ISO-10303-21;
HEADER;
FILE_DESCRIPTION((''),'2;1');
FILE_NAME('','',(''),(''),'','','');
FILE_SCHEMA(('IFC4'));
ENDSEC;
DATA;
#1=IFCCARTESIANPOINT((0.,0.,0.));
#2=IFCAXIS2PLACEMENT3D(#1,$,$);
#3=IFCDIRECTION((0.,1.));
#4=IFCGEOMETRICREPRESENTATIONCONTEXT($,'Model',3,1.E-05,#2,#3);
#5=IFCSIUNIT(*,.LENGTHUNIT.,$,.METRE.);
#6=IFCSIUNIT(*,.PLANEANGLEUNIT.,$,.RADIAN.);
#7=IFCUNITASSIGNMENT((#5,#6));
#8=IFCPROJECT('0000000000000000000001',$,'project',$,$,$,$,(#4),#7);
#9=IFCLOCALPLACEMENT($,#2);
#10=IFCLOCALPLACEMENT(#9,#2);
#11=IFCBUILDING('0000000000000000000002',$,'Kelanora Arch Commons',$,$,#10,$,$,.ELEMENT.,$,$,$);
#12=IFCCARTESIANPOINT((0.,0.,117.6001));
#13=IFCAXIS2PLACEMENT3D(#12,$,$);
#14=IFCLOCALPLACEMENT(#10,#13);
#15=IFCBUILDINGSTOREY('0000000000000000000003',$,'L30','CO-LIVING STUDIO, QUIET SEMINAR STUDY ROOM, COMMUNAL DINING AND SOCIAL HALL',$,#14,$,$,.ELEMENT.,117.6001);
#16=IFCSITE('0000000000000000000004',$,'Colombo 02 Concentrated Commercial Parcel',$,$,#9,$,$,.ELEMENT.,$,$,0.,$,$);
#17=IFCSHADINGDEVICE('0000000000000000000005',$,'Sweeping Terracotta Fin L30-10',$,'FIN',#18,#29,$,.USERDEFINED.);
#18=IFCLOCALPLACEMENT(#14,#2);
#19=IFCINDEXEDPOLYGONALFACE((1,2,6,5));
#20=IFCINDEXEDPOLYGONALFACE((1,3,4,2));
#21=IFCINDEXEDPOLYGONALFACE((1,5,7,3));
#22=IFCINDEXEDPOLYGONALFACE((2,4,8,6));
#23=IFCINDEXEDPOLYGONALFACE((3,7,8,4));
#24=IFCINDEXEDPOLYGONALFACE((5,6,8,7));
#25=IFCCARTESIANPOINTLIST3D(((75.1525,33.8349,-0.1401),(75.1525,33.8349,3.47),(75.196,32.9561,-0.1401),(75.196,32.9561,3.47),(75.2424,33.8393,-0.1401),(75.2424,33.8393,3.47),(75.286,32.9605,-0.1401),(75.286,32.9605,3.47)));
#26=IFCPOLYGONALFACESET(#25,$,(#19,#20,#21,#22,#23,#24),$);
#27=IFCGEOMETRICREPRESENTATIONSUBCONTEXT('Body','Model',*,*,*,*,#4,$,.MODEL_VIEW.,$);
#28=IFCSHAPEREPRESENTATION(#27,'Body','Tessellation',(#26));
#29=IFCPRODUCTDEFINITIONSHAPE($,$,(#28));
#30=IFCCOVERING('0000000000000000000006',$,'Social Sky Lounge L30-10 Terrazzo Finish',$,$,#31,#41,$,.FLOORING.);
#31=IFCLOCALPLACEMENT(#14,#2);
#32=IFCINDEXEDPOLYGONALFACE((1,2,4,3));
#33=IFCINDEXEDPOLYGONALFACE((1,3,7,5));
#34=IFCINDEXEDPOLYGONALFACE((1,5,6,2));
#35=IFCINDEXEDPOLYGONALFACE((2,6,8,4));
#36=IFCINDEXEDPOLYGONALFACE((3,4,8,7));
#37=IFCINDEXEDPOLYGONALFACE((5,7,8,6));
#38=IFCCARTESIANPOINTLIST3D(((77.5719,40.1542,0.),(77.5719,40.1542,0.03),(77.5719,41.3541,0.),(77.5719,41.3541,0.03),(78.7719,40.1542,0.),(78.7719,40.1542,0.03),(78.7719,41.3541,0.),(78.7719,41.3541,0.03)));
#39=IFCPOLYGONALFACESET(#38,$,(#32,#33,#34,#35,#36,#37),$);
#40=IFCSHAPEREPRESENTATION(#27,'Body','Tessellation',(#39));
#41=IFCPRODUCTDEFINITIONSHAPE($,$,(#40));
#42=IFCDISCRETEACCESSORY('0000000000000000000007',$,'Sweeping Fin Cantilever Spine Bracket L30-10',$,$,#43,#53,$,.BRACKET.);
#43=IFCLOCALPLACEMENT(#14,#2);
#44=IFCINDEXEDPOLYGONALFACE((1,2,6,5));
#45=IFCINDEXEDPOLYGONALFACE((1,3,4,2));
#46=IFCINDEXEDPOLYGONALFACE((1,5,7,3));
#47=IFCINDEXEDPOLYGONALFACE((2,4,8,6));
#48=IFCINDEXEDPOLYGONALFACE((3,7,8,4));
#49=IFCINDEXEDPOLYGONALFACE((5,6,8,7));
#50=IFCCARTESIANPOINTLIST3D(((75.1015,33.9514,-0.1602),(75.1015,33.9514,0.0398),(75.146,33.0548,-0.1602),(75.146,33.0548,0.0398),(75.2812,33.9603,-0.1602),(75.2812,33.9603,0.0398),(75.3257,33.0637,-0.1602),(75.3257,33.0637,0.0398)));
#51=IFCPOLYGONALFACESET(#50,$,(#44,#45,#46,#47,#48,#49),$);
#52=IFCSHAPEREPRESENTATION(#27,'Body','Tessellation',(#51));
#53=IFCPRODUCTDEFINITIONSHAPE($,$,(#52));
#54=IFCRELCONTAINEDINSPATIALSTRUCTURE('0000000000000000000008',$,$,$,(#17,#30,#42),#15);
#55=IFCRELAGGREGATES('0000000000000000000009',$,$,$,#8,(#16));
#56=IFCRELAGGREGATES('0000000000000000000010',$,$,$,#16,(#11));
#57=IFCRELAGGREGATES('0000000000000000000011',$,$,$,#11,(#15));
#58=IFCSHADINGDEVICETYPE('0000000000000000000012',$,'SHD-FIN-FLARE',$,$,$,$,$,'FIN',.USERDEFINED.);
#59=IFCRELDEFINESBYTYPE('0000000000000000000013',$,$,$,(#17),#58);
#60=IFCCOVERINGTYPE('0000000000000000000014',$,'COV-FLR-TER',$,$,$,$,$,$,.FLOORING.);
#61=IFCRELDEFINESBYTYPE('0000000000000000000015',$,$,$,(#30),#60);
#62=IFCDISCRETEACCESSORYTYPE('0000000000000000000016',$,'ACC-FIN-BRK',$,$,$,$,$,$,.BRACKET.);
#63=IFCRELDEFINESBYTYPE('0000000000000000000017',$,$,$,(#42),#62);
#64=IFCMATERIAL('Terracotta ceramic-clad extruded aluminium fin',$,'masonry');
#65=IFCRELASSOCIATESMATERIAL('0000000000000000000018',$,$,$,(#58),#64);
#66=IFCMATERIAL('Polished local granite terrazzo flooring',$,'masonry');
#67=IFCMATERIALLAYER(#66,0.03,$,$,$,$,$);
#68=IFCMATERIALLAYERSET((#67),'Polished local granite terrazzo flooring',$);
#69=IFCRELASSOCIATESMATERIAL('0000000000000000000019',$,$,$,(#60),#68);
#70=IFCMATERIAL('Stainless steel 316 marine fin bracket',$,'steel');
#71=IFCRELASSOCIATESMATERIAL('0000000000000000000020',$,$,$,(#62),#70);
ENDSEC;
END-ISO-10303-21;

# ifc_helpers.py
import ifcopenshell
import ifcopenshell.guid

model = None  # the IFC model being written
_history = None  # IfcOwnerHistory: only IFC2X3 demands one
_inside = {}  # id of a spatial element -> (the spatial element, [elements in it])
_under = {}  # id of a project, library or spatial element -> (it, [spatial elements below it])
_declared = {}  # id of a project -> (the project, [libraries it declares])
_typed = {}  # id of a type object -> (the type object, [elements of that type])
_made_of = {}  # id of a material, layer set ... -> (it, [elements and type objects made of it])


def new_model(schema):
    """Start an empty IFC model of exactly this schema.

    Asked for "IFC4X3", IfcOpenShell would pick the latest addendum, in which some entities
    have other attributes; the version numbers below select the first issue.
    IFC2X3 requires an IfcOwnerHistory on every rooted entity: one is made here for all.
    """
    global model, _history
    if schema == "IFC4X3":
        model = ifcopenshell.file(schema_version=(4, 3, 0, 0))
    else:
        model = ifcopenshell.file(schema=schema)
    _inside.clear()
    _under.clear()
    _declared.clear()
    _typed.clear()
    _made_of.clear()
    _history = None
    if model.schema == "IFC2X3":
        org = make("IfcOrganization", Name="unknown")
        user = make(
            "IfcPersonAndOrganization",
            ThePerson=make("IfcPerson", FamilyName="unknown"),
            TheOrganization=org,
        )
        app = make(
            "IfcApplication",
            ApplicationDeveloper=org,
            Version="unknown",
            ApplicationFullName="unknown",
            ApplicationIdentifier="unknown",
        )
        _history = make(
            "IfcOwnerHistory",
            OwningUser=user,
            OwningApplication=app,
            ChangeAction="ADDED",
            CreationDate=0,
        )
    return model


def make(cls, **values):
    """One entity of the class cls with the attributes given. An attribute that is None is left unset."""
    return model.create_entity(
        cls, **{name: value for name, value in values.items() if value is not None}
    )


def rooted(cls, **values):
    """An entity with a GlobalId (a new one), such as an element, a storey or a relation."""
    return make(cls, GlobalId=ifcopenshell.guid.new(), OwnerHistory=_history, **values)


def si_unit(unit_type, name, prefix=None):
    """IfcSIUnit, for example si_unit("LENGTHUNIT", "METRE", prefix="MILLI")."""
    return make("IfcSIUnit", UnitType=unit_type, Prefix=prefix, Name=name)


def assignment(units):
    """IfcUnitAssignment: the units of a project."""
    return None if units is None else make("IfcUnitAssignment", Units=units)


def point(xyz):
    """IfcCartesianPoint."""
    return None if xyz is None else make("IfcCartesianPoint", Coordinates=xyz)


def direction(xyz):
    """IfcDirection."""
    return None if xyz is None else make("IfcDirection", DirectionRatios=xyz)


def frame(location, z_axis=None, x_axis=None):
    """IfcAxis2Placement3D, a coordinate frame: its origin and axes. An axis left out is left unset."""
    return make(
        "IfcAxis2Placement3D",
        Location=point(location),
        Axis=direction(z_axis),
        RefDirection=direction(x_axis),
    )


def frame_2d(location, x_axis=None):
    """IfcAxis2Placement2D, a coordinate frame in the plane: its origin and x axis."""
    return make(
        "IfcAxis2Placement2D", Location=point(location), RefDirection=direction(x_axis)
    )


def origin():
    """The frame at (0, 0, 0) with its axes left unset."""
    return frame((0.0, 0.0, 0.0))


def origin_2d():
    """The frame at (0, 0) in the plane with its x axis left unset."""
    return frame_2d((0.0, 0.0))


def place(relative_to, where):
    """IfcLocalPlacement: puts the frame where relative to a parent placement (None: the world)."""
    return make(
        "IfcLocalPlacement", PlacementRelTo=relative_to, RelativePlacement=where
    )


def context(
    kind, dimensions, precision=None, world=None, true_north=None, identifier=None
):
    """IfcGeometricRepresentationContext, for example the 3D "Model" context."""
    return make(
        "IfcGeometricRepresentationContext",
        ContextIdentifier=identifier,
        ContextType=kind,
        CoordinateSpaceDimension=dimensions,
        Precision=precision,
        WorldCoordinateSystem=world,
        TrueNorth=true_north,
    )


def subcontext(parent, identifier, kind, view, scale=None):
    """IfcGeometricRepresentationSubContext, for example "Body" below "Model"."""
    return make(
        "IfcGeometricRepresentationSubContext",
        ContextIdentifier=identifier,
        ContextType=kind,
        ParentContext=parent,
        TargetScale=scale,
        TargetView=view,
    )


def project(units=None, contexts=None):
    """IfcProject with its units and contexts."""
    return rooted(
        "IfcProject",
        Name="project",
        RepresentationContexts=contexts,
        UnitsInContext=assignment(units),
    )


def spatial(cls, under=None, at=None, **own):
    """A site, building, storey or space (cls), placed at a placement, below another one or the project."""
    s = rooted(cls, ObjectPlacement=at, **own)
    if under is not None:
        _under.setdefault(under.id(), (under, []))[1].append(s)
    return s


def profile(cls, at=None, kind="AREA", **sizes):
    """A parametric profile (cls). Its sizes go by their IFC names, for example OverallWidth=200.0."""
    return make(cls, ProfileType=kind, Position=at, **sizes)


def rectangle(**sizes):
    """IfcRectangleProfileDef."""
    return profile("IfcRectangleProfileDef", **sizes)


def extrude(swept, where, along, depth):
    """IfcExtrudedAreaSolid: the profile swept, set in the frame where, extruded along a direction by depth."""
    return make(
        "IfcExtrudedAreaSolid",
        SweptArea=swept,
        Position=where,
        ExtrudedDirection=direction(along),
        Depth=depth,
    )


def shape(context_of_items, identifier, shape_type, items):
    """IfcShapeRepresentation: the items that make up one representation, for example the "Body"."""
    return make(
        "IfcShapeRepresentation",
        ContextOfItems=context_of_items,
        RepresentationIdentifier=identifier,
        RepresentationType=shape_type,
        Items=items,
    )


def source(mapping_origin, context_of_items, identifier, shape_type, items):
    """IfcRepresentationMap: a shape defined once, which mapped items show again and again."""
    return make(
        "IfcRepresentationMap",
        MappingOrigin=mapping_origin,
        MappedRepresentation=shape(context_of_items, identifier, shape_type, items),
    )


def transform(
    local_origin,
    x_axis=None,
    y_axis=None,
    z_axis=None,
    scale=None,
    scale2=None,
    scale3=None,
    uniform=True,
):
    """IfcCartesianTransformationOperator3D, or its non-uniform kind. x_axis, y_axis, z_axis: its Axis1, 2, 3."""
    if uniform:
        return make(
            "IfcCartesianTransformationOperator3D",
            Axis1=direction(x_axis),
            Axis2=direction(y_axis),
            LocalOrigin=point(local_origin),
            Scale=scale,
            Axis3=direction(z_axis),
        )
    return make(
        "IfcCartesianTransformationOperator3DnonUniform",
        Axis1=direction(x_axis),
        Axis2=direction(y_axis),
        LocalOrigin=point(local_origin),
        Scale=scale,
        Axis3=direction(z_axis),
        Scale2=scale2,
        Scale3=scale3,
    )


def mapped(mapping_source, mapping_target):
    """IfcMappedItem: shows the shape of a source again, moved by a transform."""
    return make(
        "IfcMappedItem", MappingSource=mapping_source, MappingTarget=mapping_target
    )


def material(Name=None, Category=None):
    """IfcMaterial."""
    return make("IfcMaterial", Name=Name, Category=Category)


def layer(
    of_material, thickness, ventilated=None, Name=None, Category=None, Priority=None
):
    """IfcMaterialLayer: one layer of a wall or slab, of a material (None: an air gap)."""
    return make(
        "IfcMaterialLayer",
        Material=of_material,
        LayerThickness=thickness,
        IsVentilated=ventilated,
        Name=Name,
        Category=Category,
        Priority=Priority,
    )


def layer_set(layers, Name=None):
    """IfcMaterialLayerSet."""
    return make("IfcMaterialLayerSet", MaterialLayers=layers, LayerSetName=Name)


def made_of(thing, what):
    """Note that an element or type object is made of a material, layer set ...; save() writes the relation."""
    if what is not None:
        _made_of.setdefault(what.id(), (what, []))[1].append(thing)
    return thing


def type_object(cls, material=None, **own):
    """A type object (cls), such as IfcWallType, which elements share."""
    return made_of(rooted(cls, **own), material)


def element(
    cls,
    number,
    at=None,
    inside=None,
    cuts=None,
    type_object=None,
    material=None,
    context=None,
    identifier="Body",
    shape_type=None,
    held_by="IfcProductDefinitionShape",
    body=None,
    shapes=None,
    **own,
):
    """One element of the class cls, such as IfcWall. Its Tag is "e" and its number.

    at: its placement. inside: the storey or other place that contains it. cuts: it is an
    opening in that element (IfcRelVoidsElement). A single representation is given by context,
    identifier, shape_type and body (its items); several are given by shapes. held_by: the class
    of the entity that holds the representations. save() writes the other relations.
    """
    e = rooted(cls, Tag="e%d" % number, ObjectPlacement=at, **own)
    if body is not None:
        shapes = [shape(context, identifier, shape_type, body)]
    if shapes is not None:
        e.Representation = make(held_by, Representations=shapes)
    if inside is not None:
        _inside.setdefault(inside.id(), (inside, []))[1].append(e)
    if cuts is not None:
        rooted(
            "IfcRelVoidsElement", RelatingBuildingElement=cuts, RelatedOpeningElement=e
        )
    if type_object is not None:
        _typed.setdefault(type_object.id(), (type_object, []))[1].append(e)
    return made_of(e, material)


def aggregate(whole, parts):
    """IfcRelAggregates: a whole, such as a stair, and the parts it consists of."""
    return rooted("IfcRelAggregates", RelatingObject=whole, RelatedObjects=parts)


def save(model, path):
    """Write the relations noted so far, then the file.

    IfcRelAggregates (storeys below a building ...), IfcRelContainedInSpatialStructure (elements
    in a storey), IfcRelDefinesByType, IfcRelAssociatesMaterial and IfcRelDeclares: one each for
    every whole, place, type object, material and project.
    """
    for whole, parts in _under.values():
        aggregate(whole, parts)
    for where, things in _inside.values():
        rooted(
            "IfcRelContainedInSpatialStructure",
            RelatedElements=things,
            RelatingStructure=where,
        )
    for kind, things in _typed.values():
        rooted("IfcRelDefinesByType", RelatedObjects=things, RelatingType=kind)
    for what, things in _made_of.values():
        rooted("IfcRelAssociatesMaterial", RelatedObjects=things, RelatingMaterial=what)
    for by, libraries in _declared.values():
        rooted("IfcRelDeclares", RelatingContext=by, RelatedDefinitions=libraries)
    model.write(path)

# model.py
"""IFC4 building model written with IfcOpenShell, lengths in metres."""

from ifc_helpers import new_model, si_unit, direction, frame, origin, origin_2d, place, context, subcontext, project, spatial, rectangle, extrude, source, transform, mapped, material, layer, layer_set, type_object, element, save


model = new_model("IFC4")

# Units and contexts
model_context = context("Model", 3, precision=1e-05, world=origin(), true_north=direction((0.0, 1.0)))
body_context = subcontext(model_context, "Body", "Model", "MODEL_VIEW")
ifc_project = project(units=[si_unit("LENGTHUNIT", "METRE"), si_unit("PLANEANGLEUNIT", "RADIAN")], contexts=[model_context])

# Site, building, storey
site_placement = place(None, origin())
site = spatial("IfcSite", under=ifc_project, at=site_placement, Name="Colombo 02 Concentrated Commercial Parcel", CompositionType="ELEMENT", RefElevation=0.0)
building_placement = place(site_placement, origin())
building = spatial("IfcBuilding", under=site, at=building_placement, Name="Kelanora Arch Commons", CompositionType="ELEMENT")
storey_placement = place(building_placement, frame((0.0, 0.0, 117.6001)))
storey = spatial("IfcBuildingStorey", under=building, at=storey_placement, Name="L30", Description="CO-LIVING STUDIO, QUIET SEMINAR STUDY ROOM, COMMUNAL DINING AND SOCIAL HALL", CompositionType="ELEMENT", Elevation=117.6001)

# Shading device
ifc_material_1 = material(Name="Terracotta ceramic-clad extruded aluminium fin", Category="masonry")
shading_device_type = type_object("IfcShadingDeviceType", Name="SHD-FIN-FLARE", ElementType="FIN", PredefinedType="USERDEFINED", material=ifc_material_1)
shared_shape_1 = source(origin(), body_context, "Body", "SweptSolid", [
    extrude(rectangle(XDim=0.8799, YDim=0.0901, at=origin_2d()), origin(), (0.0, 0.0, 1.0), 3.6101),
])
shading_device_placement = place(storey_placement, frame((75.2192, 33.3977, -0.1401), z_axis=(0.0, 0.0, 1.0), x_axis=(0.049547, -0.998772, 0.0)))
element("IfcShadingDevice", 1, at=shading_device_placement, inside=storey, type_object=shading_device_type, Name="Sweeping Terracotta Fin L30-10", ObjectType="FIN", PredefinedType="USERDEFINED", context=body_context, shape_type="MappedRepresentation", body=[
    mapped(shared_shape_1, transform((0.0, 0.0, 0.0), scale=1.0)),
])

# Covering
ifc_material_2 = material(Name="Polished local granite terrazzo flooring", Category="masonry")
ifc_layer_1 = layer(ifc_material_2, 0.03)
ifc_layer_set_1 = layer_set([ifc_layer_1], Name="Polished local granite terrazzo flooring")
covering_type = type_object("IfcCoveringType", Name="COV-FLR-TER", PredefinedType="FLOORING", material=ifc_layer_set_1)
shared_shape_2 = source(origin(), body_context, "Body", "SweptSolid", [
    extrude(rectangle(XDim=1.2, YDim=1.2, at=origin_2d()), origin(), (0.0, 0.0, 1.0), 0.03),
])
covering_placement = place(storey_placement, frame((78.1719, 40.7542, 0.0), z_axis=(0.0, 0.0, 1.0), x_axis=(1.0, 0.0, 0.0)))
element("IfcCovering", 2, at=covering_placement, inside=storey, type_object=covering_type, Name="Social Sky Lounge L30-10 Terrazzo Finish", PredefinedType="FLOORING", context=body_context, shape_type="MappedRepresentation", body=[
    mapped(shared_shape_2, transform((0.0, 0.0, 0.0), scale=1.0)),
])

# Discrete accessory
ifc_material_3 = material(Name="Stainless steel 316 marine fin bracket", Category="steel")
discrete_accessory_type = type_object("IfcDiscreteAccessoryType", Name="ACC-FIN-BRK", PredefinedType="BRACKET", material=ifc_material_3)
shared_shape_3 = source(origin(), body_context, "Body", "SweptSolid", [
    extrude(rectangle(XDim=0.8977, YDim=0.1799, at=origin_2d()), origin(), (0.0, 0.0, 1.0), 0.2),
])
discrete_accessory_placement = place(storey_placement, frame((75.2136, 33.5076, -0.1602), z_axis=(0.0, 0.0, 1.0), x_axis=(0.049547, -0.998772, 0.0)))
element("IfcDiscreteAccessory", 3, at=discrete_accessory_placement, inside=storey, type_object=discrete_accessory_type, Name="Sweeping Fin Cantilever Spine Bracket L30-10", PredefinedType="BRACKET", context=body_context, shape_type="MappedRepresentation", body=[
    mapped(shared_shape_3, transform((0.0, 0.0, 0.0), scale=1.0)),
])

save(model, "model.ifc")
